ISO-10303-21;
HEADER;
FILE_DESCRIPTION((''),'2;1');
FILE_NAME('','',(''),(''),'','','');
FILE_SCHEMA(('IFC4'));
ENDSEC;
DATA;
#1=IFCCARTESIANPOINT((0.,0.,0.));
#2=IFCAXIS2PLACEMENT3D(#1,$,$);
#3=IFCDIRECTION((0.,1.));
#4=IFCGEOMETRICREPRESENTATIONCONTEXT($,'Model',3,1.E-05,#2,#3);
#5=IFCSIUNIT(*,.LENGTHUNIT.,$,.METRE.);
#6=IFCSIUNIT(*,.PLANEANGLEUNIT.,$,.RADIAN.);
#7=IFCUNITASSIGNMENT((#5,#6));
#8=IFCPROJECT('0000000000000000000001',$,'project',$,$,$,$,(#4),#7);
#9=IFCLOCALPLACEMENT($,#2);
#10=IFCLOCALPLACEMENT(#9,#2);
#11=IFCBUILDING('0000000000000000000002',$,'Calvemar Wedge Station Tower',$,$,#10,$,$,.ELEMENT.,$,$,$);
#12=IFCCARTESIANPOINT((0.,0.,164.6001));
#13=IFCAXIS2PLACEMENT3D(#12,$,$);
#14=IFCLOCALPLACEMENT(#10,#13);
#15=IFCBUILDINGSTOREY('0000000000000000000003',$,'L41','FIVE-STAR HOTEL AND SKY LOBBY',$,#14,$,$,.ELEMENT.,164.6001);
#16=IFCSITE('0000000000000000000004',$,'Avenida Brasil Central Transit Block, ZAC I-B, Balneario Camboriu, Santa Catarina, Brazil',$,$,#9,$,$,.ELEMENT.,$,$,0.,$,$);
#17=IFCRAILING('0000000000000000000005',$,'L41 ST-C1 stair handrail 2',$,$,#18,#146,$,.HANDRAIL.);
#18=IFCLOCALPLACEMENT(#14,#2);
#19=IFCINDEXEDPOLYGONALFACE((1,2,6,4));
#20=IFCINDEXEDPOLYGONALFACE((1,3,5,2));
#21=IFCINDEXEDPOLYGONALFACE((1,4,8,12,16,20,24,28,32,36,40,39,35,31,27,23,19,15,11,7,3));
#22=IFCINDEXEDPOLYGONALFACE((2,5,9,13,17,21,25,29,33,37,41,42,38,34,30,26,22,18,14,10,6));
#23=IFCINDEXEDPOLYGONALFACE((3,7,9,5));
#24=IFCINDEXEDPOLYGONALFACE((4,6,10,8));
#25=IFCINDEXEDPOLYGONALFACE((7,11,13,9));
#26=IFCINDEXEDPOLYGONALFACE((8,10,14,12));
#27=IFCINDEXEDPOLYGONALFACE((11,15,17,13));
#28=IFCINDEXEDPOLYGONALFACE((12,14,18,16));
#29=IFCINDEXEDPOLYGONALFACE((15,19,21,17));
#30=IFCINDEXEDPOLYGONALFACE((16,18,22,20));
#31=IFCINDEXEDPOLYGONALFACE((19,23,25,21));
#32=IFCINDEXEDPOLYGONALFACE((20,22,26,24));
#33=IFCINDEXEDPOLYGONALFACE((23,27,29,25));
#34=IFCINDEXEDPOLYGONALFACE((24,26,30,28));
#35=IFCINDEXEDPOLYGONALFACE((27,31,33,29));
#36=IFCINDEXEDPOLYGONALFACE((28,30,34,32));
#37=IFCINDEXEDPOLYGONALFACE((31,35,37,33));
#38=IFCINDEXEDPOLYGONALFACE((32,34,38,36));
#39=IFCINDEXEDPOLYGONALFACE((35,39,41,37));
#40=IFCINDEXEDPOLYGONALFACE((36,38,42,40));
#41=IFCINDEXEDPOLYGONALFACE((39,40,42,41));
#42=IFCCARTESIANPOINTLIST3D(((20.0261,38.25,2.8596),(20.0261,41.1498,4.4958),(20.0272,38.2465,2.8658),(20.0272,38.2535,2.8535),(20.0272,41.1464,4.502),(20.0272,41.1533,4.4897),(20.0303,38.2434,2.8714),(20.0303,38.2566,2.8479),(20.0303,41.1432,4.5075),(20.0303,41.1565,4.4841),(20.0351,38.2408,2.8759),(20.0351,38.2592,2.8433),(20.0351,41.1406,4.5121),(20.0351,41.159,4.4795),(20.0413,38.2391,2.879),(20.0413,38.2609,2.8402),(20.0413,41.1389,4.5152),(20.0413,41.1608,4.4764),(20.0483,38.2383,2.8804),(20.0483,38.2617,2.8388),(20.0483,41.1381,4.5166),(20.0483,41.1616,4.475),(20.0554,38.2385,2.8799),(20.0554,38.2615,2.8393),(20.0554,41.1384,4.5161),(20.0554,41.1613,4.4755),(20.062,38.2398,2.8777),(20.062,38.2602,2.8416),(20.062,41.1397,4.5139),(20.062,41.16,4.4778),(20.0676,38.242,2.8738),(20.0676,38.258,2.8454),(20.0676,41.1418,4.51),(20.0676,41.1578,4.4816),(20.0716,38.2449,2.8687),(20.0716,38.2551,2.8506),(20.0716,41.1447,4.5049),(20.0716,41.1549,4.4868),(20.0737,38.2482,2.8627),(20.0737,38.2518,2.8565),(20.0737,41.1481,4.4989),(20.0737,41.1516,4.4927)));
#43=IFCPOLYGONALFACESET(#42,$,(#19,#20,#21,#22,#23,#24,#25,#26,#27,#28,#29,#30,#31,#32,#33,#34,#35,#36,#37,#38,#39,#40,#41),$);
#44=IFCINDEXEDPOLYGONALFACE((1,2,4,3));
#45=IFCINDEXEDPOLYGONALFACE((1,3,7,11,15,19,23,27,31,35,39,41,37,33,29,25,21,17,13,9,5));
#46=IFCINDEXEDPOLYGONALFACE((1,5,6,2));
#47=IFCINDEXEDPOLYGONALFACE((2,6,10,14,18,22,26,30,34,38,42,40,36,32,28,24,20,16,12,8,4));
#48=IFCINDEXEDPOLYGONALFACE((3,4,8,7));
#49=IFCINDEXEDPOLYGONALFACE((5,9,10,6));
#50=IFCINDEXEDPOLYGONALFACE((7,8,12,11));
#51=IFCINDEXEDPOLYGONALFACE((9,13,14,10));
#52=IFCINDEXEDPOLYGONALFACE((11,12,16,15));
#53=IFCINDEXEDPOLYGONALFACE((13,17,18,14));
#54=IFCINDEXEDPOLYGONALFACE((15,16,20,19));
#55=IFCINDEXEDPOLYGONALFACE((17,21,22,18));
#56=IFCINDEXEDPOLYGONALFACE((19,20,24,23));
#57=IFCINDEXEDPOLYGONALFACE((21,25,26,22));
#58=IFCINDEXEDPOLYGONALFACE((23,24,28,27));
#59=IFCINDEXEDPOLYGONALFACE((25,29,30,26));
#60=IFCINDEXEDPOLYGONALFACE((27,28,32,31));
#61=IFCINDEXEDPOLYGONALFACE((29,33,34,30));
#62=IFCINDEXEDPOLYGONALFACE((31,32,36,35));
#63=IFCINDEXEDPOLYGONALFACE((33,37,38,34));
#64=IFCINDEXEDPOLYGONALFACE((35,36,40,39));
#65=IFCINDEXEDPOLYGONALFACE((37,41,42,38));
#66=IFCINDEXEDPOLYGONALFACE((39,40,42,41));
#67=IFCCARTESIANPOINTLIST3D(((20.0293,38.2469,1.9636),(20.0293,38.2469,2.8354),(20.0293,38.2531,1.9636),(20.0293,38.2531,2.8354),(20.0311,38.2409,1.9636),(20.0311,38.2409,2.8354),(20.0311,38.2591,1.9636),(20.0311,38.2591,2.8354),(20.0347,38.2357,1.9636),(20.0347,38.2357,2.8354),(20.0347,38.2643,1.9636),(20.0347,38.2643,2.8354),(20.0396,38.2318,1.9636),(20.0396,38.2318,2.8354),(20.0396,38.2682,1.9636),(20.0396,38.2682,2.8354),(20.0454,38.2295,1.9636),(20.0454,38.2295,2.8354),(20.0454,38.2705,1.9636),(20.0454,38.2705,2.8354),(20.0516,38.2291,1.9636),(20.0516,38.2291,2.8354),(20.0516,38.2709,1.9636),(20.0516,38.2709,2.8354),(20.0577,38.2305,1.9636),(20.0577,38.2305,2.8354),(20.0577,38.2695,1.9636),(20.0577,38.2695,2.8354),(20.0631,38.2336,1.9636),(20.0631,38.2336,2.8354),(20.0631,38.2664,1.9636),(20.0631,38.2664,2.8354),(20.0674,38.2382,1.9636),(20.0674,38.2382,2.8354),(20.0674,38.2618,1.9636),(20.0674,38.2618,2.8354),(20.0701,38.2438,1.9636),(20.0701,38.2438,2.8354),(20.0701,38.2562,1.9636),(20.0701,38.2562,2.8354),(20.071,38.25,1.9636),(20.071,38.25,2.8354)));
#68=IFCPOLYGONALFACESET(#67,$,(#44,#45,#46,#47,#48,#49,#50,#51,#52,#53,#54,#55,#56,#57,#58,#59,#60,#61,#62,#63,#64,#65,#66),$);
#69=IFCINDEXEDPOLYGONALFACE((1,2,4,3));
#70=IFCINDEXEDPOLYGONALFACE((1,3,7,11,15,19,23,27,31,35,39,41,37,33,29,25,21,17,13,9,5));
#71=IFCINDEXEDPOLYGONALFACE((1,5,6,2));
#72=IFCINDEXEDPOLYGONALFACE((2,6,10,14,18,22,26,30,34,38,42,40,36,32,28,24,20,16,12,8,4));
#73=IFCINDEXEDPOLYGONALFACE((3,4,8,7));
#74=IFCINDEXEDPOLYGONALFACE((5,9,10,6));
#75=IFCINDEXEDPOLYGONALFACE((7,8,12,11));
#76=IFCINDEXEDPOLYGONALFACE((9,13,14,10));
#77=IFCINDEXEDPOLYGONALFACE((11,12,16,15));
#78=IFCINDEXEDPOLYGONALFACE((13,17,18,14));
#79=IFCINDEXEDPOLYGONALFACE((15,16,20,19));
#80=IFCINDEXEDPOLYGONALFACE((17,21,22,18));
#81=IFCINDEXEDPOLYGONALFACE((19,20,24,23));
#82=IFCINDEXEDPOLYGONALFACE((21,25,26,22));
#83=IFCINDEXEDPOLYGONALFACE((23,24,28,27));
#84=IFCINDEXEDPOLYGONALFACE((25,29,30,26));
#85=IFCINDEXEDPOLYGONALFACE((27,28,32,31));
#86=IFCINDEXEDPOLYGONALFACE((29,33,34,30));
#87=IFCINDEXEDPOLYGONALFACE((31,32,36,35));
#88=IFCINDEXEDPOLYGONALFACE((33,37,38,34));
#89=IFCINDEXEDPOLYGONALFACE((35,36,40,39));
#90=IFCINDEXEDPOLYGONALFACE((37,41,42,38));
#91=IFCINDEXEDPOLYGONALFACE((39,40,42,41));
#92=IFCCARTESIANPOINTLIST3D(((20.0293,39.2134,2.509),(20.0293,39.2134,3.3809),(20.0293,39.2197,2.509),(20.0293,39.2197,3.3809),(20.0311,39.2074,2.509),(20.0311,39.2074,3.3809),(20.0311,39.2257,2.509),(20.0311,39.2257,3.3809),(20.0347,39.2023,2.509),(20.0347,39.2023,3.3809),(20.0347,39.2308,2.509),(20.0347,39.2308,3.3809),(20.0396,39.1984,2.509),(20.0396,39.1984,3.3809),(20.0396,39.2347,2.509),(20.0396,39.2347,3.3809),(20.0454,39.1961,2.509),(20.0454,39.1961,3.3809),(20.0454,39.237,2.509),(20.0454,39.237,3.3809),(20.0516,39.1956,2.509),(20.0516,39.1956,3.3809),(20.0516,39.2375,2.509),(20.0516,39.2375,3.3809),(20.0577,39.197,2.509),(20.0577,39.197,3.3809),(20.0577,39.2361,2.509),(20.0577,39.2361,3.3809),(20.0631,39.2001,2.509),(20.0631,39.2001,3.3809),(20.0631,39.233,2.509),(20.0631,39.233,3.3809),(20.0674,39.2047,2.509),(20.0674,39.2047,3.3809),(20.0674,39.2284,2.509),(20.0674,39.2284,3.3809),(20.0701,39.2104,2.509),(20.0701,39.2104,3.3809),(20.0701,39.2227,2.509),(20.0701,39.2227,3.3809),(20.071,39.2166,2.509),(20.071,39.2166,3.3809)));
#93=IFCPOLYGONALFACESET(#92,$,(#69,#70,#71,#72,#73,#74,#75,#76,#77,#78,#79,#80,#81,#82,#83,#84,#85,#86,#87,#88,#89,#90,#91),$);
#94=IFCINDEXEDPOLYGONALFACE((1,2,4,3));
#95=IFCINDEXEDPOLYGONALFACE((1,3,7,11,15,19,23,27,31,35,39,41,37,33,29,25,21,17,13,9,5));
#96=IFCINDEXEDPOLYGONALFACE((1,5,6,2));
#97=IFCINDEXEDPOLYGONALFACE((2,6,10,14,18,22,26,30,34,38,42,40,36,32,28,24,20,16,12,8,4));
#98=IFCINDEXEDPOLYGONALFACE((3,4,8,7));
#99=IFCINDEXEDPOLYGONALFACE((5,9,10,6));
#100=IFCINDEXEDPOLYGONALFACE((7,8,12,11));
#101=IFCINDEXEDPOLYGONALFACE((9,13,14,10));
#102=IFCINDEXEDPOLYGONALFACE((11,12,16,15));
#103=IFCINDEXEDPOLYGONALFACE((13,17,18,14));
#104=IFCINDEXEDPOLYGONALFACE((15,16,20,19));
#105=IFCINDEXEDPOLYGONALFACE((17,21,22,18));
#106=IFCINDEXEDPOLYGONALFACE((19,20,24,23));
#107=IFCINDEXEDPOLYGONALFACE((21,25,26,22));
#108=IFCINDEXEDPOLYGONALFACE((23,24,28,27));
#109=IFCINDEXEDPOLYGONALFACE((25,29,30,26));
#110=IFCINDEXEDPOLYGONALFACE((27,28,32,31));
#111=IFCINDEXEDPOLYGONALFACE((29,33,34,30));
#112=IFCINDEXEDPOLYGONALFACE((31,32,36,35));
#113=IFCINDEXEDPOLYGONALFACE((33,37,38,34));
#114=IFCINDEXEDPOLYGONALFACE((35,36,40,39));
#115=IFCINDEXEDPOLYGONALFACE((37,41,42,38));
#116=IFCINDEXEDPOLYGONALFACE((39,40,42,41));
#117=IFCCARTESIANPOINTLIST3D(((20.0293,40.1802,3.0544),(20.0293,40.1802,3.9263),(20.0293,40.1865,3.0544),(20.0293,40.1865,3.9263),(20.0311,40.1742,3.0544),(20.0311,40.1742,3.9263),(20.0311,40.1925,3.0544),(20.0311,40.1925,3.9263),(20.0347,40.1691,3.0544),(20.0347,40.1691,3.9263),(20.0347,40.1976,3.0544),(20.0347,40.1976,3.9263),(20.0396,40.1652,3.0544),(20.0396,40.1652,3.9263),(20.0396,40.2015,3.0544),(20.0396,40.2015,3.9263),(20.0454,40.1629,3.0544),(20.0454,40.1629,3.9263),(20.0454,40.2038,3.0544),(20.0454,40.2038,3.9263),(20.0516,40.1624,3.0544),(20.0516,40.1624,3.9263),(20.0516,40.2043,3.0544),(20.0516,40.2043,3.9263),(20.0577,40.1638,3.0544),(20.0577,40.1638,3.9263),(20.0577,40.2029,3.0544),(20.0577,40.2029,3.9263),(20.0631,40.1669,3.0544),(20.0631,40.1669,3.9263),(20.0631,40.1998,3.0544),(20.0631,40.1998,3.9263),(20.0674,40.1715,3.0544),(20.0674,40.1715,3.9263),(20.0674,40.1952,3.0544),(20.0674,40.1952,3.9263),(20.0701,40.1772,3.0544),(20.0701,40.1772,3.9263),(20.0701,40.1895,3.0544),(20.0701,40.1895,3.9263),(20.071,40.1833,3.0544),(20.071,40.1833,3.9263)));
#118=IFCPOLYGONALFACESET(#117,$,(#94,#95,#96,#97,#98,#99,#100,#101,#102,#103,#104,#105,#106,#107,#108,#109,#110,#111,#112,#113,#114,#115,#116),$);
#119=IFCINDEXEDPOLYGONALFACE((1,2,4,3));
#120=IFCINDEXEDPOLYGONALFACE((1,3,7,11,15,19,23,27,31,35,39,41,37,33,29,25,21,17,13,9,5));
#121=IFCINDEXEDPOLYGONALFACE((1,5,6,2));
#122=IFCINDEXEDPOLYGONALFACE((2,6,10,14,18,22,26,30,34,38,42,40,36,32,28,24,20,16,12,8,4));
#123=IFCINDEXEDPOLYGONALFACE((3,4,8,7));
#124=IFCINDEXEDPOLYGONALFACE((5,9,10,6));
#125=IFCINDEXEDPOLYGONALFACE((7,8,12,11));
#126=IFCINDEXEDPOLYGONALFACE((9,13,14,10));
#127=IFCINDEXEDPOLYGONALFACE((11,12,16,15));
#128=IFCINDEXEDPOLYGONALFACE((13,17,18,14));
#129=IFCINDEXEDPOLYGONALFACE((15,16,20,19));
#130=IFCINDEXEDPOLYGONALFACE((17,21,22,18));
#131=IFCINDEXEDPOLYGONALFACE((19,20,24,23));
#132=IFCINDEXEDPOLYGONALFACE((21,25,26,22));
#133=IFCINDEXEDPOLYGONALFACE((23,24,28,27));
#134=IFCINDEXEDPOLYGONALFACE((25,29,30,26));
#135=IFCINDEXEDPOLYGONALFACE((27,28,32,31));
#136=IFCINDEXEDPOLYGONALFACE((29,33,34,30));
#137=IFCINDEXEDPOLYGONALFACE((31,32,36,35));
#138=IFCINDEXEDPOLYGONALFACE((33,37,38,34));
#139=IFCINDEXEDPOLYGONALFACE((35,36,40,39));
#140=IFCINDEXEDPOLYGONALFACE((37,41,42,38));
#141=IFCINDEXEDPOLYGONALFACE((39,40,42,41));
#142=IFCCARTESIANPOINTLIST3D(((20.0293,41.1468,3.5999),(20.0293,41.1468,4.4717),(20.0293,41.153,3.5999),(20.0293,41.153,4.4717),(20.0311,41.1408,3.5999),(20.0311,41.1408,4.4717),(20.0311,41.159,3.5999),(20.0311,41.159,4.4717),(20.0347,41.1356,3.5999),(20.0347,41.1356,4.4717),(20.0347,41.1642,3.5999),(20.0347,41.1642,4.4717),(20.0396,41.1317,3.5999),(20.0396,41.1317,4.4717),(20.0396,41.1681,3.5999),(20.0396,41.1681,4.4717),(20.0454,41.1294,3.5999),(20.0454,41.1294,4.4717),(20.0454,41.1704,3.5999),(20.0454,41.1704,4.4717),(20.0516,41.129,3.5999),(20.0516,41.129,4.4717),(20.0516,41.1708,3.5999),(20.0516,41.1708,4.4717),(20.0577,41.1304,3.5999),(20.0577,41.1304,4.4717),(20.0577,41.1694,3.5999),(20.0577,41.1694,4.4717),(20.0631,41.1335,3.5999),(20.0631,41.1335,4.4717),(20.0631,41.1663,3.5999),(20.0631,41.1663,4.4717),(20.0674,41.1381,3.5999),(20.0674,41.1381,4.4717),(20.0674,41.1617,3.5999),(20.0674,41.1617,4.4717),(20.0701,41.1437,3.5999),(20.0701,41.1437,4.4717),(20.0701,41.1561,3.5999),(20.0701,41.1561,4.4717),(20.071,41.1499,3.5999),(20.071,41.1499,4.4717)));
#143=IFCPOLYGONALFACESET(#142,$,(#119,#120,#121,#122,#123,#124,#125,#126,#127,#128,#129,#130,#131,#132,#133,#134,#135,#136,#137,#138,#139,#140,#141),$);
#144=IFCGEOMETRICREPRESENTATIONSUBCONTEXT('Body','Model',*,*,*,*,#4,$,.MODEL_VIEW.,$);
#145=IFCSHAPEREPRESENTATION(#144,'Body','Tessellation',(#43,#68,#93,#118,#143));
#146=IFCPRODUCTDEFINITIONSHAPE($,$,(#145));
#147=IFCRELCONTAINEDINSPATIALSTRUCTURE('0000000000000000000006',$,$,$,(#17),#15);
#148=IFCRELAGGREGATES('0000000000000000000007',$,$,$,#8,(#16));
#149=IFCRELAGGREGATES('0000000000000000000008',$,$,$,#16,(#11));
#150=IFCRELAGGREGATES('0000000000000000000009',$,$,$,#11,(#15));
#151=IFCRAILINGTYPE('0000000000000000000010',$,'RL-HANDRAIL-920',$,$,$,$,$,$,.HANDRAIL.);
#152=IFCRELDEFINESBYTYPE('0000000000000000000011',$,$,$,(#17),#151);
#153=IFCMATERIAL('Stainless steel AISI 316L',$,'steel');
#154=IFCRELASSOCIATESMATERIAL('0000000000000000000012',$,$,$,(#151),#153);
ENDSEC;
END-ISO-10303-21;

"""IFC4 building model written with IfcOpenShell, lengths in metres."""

from ifc_helpers import new_model, si_unit, direction, frame, origin, origin_2d, place, context, subcontext, project, spatial, circle, extrude, material, type_object, element, save


model = new_model("IFC4")

# Units and contexts
model_context = context("Model", 3, precision=1e-05, world=origin(), true_north=direction((0.0, 1.0)))
body_context = subcontext(model_context, "Body", "Model", "MODEL_VIEW")
ifc_project = project(units=[si_unit("LENGTHUNIT", "METRE"), si_unit("PLANEANGLEUNIT", "RADIAN")], contexts=[model_context])

# Site, building, storey
site_placement = place(None, origin())
site = spatial("IfcSite", under=ifc_project, at=site_placement, Name="Avenida Brasil Central Transit Block, ZAC I-B, Balneario Camboriu, Santa Catarina, Brazil", CompositionType="ELEMENT", RefElevation=0.0)
building_placement = place(site_placement, origin())
building = spatial("IfcBuilding", under=site, at=building_placement, Name="Calvemar Wedge Station Tower", CompositionType="ELEMENT")
storey_placement = place(building_placement, frame((0.0, 0.0, 164.6001)))
storey = spatial("IfcBuildingStorey", under=building, at=storey_placement, Name="L41", Description="FIVE-STAR HOTEL AND SKY LOBBY", CompositionType="ELEMENT", Elevation=164.6001)

# Railing
ifc_material_1 = material(Name="Stainless steel AISI 316L", Category="steel")
railing_type_1 = type_object("IfcRailingType", Name="RL-HANDRAIL-920", PredefinedType="HANDRAIL", material=ifc_material_1)
railing_1_placement = place(storey_placement, frame((20.05, 38.25, 1.9636)))
element("IfcRailing", 1, at=railing_1_placement, inside=storey, type_object=railing_type_1, Name="L41 ST-C1 stair handrail 2", PredefinedType="HANDRAIL", context=body_context, shape_type="SweptSolid", body=[
    extrude(circle(Radius=0.0239, at=origin_2d()), frame((0.0, 0.0, 0.896), z_axis=(0.0, 0.870929, 0.49141), x_axis=(-1.0, 0.0, 0.0)), (0.0, 0.0, 1.0), 3.3296),
    extrude(circle(Radius=0.021, at=origin_2d()), origin(), (0.0, 0.0, 1.0), 0.8718),
    extrude(circle(Radius=0.021, at=origin_2d()), frame((0.0, 0.9666, 0.5454)), (0.0, 0.0, 1.0), 0.8718),
    extrude(circle(Radius=0.021, at=origin_2d()), frame((0.0, 1.9333, 1.0908)), (0.0, 0.0, 1.0), 0.8718),
    extrude(circle(Radius=0.021, at=origin_2d()), frame((0.0, 2.8999, 1.6362)), (0.0, 0.0, 1.0), 0.8718),
])

save(model, "model.ifc")
